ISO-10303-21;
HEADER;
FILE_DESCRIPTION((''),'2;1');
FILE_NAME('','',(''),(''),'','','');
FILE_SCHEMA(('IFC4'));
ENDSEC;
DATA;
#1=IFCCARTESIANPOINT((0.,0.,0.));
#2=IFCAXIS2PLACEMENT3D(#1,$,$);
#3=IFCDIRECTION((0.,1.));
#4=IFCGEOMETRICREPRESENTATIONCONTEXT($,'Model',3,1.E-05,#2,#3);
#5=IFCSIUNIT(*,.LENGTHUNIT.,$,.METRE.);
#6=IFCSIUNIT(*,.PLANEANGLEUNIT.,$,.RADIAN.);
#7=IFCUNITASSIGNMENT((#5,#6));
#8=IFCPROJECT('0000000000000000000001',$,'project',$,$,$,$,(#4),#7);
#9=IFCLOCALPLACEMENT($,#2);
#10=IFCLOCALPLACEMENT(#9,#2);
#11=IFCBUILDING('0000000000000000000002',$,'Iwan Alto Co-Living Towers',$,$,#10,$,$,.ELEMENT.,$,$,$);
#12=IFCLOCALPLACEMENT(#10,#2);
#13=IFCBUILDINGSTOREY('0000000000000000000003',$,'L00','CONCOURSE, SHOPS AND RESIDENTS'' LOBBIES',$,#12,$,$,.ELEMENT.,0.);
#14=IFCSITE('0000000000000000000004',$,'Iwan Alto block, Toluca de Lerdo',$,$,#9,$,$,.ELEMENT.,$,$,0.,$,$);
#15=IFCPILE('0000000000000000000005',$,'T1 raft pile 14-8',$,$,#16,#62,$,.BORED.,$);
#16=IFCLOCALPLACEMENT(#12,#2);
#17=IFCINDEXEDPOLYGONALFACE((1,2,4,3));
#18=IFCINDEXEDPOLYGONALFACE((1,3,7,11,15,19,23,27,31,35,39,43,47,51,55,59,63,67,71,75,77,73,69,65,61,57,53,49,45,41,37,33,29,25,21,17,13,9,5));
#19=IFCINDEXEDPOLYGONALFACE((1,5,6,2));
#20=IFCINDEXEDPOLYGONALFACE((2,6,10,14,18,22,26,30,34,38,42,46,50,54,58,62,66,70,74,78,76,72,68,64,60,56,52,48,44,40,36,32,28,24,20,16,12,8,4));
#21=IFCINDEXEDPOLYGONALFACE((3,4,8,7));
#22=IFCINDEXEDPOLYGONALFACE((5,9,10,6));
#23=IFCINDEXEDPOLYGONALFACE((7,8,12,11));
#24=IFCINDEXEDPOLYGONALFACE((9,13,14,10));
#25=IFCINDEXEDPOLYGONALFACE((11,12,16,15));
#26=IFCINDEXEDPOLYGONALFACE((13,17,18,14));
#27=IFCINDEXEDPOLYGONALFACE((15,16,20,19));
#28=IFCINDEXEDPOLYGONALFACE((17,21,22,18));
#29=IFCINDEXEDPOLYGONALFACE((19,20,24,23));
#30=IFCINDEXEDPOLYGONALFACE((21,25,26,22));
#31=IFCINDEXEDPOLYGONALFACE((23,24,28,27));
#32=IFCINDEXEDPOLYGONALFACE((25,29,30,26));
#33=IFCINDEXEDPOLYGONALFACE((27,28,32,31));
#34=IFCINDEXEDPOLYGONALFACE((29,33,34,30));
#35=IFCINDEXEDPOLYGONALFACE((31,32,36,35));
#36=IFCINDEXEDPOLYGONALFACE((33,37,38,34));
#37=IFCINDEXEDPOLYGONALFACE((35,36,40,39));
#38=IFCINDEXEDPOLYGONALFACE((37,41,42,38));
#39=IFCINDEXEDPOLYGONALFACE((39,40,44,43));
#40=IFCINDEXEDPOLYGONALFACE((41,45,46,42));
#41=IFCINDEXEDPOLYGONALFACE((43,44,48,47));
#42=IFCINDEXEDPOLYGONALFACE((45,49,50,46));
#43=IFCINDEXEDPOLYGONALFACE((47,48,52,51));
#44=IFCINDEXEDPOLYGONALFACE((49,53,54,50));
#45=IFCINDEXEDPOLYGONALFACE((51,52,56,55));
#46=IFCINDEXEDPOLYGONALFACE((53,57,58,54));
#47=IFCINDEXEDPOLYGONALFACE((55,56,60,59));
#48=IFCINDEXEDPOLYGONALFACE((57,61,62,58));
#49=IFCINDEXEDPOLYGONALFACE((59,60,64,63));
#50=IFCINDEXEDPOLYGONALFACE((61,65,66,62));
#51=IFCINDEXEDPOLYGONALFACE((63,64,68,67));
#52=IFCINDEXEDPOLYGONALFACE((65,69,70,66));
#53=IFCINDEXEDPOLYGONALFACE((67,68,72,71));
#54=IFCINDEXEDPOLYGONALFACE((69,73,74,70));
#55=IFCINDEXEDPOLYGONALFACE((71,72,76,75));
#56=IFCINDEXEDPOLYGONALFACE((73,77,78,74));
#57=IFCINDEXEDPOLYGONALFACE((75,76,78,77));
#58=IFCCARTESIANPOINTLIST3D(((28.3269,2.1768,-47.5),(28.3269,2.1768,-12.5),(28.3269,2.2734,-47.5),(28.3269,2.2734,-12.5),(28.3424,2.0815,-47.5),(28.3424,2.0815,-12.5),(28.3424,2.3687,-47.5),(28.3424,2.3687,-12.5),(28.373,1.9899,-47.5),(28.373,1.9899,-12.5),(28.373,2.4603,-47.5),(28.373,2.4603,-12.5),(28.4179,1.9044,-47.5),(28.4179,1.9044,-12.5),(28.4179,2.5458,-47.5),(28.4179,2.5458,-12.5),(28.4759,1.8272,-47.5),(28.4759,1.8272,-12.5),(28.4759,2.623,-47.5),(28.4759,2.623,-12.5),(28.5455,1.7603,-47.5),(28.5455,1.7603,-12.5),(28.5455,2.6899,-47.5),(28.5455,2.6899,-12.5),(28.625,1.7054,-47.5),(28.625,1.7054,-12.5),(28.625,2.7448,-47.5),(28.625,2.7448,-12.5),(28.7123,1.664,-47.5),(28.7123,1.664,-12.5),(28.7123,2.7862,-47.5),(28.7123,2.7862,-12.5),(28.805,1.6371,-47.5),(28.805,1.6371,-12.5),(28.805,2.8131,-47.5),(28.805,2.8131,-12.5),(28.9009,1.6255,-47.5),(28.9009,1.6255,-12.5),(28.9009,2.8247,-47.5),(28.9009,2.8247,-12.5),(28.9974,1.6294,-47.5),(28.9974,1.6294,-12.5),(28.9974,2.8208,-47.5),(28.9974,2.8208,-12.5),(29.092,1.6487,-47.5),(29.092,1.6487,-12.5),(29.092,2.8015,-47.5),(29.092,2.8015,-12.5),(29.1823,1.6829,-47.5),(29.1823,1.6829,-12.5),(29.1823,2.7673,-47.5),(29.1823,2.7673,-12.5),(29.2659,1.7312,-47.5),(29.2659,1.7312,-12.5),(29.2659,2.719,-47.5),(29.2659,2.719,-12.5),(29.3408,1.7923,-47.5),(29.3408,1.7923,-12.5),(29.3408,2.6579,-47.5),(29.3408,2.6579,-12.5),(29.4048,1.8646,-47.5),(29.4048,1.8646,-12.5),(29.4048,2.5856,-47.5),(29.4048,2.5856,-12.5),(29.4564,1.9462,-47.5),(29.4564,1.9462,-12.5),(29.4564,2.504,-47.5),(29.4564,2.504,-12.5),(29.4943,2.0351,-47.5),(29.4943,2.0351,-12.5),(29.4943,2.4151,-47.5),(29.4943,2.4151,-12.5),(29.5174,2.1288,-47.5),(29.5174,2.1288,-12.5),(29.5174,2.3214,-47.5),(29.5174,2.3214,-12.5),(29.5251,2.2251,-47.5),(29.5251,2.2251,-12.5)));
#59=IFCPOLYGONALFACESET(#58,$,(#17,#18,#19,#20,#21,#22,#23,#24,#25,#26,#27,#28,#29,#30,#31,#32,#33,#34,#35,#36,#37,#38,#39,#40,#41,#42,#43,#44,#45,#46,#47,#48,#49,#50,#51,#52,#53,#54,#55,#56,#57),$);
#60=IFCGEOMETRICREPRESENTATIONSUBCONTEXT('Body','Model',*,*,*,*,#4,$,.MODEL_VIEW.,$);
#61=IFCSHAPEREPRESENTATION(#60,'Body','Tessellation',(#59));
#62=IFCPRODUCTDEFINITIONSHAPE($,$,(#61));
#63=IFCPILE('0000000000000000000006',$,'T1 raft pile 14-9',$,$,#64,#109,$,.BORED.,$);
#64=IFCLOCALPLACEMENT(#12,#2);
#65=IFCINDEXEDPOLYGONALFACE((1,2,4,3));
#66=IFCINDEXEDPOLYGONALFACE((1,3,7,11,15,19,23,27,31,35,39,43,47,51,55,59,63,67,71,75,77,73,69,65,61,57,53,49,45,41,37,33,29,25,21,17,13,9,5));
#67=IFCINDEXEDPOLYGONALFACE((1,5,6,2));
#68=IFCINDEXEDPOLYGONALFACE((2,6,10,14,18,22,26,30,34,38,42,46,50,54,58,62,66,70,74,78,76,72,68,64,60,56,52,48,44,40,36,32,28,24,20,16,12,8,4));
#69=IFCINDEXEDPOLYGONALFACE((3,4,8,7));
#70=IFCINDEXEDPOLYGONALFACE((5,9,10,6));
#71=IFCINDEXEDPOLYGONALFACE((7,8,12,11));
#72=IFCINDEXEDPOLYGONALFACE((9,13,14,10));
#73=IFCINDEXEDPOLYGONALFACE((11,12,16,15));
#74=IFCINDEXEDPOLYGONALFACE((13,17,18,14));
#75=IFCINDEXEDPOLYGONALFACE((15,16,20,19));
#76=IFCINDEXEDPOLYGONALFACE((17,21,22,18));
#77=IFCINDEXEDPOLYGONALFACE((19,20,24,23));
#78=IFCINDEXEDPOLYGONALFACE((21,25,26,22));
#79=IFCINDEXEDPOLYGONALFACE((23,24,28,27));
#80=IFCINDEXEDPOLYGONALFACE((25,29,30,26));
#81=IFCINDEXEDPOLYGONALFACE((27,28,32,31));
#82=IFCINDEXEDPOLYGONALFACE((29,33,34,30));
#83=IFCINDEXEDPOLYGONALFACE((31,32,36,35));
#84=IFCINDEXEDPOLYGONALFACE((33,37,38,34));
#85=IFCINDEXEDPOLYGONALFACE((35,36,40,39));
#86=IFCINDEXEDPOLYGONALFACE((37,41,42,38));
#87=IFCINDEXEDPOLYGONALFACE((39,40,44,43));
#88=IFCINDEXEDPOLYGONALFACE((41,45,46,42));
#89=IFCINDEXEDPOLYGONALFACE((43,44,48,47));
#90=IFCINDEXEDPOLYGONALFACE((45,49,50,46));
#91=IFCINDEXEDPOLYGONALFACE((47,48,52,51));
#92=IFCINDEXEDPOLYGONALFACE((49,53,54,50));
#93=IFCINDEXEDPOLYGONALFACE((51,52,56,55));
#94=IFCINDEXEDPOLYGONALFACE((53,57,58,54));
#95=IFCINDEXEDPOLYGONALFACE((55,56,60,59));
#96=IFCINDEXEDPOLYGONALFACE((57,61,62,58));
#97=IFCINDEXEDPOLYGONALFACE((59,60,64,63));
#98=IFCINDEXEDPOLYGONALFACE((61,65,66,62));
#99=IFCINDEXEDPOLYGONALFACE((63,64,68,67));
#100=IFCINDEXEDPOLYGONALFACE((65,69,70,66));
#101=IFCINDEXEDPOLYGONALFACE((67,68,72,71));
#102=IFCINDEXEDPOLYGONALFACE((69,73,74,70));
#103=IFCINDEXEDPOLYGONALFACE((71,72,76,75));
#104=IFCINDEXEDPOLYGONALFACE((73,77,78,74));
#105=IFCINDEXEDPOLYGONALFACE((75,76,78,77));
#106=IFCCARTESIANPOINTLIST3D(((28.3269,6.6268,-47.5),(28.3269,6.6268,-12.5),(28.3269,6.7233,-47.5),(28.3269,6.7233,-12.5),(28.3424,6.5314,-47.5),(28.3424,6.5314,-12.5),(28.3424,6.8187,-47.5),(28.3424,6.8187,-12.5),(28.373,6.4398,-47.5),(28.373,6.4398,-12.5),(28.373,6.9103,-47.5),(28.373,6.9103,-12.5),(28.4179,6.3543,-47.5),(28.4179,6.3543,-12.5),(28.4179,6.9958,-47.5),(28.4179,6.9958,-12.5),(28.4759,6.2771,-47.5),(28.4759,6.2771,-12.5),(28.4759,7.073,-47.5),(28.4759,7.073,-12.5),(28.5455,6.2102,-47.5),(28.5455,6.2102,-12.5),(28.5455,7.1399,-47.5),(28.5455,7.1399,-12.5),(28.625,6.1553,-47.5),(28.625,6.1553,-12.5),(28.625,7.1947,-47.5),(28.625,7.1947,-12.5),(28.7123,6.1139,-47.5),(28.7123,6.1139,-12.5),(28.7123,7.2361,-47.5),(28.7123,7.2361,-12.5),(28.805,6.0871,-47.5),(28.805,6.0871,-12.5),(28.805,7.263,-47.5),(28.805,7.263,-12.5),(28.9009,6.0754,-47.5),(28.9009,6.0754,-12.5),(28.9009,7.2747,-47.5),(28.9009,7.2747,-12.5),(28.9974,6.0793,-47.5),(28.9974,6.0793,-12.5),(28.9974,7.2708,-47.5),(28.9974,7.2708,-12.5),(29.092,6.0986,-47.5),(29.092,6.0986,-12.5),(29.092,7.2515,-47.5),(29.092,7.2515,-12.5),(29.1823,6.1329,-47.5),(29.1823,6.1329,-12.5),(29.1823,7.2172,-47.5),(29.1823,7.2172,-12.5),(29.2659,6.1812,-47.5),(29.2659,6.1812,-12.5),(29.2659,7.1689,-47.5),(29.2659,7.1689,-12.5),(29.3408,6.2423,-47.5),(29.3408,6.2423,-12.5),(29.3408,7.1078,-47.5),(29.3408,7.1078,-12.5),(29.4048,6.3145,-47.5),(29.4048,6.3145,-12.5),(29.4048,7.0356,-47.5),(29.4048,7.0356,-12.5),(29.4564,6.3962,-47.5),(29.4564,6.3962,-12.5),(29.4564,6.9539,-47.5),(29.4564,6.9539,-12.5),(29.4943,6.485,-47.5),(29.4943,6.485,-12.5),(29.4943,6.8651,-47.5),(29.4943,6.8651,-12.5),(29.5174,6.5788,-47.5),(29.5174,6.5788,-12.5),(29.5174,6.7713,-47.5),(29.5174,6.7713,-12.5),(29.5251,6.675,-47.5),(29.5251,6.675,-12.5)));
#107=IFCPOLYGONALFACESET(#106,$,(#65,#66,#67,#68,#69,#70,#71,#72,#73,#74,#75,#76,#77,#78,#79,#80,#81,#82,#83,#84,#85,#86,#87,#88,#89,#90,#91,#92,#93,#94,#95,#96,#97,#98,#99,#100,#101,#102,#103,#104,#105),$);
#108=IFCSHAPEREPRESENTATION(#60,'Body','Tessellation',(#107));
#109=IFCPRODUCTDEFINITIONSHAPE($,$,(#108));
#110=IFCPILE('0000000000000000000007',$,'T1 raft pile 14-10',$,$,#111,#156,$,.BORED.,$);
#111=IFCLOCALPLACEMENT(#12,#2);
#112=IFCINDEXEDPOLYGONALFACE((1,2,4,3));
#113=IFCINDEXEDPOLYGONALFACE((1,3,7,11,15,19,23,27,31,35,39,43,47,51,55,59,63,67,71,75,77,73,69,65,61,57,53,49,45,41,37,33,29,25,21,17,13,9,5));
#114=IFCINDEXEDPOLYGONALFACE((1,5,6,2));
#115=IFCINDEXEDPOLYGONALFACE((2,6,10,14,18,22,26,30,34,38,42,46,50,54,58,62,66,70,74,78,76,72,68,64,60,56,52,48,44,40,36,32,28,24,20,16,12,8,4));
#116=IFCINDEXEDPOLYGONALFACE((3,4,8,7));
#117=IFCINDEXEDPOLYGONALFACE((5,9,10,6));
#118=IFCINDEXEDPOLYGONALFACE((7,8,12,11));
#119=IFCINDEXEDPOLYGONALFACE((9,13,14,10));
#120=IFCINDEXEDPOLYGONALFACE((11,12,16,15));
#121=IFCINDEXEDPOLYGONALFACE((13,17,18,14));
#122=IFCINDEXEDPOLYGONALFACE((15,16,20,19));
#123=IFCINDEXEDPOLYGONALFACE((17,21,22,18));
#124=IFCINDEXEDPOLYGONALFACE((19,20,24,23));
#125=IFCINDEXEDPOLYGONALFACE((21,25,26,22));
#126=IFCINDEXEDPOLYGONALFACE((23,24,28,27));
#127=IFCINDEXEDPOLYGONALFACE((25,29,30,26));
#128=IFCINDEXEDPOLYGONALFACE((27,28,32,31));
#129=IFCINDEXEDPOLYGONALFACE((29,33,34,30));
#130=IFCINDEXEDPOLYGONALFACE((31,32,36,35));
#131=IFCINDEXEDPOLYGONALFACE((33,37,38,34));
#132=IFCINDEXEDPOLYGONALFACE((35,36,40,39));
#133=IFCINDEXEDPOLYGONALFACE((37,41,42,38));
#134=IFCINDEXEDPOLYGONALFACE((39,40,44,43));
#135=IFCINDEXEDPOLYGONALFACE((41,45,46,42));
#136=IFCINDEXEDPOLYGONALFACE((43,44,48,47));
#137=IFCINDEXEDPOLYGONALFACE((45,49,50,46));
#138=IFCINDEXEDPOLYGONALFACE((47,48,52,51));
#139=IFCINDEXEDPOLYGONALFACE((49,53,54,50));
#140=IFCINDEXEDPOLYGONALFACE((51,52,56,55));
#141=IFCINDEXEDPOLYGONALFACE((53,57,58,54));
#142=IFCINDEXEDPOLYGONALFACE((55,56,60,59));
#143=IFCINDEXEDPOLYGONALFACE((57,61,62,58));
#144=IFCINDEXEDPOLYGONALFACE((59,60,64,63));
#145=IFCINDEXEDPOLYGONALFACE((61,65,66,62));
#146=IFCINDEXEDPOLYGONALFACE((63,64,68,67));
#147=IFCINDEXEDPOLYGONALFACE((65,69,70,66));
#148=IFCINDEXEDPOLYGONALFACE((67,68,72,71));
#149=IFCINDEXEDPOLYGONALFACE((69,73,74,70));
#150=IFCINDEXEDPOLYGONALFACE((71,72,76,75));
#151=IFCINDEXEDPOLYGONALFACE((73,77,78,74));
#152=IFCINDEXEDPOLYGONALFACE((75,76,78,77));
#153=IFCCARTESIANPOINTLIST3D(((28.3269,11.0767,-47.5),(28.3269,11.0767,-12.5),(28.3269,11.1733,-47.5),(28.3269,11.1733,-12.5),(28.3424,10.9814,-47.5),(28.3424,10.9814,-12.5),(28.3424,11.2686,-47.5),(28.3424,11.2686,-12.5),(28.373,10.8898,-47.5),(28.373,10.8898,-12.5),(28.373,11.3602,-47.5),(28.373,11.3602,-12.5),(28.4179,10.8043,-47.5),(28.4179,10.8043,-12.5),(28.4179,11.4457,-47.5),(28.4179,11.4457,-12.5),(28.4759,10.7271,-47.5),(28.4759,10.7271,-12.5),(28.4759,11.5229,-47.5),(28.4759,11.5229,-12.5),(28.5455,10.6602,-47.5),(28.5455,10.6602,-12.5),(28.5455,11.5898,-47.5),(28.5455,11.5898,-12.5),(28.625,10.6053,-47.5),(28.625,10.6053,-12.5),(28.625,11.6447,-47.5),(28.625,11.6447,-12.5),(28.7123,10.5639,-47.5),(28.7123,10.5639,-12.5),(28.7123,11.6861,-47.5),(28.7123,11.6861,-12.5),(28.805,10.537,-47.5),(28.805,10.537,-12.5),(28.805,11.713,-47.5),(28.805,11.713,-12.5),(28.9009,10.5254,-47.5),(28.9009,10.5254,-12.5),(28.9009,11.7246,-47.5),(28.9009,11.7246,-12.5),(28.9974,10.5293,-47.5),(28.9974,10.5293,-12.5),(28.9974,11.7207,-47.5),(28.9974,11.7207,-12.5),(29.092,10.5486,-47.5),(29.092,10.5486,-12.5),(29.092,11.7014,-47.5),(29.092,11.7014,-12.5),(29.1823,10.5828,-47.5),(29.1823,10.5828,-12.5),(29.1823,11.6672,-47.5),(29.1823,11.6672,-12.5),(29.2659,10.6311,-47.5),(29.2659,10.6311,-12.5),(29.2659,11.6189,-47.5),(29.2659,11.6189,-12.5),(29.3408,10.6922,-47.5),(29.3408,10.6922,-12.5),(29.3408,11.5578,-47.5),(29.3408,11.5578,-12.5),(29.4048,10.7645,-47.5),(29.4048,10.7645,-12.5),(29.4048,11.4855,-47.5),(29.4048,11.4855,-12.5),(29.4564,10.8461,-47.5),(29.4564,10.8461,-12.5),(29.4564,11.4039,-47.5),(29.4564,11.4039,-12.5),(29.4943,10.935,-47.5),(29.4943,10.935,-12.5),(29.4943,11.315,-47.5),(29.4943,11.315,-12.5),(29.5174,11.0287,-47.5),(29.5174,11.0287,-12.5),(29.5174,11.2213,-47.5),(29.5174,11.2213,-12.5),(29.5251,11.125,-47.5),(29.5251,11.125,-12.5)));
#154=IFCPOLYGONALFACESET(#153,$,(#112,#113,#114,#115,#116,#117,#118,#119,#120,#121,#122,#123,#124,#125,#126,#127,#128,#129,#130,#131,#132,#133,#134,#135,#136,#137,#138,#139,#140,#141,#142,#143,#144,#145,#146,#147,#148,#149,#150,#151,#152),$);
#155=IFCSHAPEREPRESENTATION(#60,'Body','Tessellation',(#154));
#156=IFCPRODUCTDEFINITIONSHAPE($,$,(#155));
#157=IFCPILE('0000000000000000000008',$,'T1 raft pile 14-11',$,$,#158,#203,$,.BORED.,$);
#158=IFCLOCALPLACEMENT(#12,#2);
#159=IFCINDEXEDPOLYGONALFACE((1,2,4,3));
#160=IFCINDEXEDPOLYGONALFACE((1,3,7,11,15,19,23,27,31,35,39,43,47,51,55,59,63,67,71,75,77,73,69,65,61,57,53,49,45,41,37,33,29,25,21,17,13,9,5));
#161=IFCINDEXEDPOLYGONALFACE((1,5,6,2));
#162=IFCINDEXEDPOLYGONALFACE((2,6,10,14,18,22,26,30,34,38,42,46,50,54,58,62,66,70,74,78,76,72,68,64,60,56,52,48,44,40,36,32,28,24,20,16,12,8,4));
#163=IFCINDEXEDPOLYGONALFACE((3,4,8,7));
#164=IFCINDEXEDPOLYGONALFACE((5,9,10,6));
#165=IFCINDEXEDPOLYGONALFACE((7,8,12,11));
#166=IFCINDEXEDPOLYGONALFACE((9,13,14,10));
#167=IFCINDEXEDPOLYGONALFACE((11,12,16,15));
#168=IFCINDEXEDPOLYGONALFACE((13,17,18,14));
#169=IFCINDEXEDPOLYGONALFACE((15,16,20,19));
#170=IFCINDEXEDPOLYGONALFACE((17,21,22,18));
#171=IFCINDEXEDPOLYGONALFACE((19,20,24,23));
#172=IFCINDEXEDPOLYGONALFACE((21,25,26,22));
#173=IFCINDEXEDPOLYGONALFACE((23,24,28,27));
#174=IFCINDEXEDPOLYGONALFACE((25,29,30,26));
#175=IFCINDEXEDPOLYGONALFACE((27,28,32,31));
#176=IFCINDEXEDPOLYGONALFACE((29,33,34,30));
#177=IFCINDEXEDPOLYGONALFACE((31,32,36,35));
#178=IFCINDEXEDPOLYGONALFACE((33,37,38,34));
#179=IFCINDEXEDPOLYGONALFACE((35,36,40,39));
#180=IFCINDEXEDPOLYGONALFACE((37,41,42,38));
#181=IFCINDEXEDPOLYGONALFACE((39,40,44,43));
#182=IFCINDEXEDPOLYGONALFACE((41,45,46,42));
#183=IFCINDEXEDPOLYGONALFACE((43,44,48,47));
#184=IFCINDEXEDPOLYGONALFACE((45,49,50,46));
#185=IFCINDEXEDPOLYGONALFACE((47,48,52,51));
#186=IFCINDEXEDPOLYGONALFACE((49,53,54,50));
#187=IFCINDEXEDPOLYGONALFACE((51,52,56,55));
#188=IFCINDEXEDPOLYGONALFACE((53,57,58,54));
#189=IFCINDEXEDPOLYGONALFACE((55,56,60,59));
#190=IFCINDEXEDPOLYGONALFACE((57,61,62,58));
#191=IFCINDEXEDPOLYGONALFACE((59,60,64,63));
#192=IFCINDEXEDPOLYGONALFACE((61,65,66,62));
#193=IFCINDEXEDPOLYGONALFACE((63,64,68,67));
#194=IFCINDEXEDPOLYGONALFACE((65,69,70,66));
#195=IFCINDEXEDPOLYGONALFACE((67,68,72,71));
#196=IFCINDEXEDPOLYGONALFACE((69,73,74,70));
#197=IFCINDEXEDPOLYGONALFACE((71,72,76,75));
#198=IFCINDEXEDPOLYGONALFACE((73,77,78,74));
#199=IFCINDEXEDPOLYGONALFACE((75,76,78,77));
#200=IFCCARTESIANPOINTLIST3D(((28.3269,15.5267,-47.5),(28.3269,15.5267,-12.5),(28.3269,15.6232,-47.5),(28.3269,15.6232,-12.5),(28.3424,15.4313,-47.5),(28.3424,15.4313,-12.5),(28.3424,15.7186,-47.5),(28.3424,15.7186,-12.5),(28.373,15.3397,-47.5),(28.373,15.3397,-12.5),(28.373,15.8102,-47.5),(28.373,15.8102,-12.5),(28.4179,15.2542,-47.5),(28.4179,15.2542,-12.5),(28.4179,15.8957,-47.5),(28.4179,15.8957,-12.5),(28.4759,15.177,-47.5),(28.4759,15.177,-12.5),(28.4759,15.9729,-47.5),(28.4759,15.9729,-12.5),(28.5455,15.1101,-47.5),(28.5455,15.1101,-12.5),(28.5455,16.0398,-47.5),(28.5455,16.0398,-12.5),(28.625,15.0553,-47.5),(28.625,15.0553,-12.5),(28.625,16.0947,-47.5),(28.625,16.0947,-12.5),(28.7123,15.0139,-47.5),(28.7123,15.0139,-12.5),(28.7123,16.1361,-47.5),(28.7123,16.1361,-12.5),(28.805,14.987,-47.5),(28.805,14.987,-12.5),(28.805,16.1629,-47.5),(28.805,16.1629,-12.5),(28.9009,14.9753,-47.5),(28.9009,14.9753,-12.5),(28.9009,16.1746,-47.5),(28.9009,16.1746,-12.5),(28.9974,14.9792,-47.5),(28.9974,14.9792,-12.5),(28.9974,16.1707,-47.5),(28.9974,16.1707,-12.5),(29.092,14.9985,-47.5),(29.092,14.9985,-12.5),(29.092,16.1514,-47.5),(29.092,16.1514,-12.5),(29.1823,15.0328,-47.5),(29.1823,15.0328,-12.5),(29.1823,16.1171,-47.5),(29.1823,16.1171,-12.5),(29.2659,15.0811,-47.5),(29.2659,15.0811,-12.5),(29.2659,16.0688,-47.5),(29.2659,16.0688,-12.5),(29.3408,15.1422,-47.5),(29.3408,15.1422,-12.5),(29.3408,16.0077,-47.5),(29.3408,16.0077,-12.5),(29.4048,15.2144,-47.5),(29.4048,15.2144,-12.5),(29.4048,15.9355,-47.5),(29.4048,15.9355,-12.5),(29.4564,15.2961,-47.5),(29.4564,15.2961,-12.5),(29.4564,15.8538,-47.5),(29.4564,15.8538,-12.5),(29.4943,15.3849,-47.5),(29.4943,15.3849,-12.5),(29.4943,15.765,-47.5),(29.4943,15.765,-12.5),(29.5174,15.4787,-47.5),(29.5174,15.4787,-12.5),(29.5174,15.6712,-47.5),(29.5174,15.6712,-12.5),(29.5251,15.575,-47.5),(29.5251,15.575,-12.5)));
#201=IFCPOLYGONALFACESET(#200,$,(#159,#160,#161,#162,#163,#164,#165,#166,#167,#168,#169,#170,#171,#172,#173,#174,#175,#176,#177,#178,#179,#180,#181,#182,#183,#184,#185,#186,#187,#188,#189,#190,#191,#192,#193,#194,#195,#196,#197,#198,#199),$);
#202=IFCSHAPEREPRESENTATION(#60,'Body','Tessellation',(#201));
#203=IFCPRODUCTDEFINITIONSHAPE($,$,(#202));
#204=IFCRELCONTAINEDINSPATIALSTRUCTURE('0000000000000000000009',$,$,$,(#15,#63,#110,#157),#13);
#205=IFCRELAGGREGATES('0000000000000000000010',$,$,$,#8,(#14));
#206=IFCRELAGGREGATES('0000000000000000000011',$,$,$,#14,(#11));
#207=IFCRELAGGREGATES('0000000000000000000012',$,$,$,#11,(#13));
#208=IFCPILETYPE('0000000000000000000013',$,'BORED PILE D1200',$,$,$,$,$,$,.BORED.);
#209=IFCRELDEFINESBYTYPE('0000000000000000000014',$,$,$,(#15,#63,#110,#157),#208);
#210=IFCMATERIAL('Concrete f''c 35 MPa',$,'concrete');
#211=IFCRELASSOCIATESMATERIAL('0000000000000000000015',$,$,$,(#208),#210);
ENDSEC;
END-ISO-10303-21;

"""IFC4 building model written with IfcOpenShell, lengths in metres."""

from ifc_helpers import new_model, si_unit, direction, frame, origin, origin_2d, place, context, subcontext, project, spatial, circle, extrude, material, material_profile, profile_set, type_object, element, save


model = new_model("IFC4")

# Units and contexts
model_context = context("Model", 3, precision=1e-05, world=origin(), true_north=direction((0.0, 1.0)))
body_context = subcontext(model_context, "Body", "Model", "MODEL_VIEW")
ifc_project = project(units=[si_unit("LENGTHUNIT", "METRE"), si_unit("PLANEANGLEUNIT", "RADIAN")], contexts=[model_context])

# Site, building, storey
site_placement = place(None, origin())
site = spatial("IfcSite", under=ifc_project, at=site_placement, Name="Iwan Alto block, Toluca de Lerdo", CompositionType="ELEMENT", RefElevation=0.0)
building_placement = place(site_placement, origin())
building = spatial("IfcBuilding", under=site, at=building_placement, Name="Iwan Alto Co-Living Towers", CompositionType="ELEMENT")
storey_placement = place(building_placement, origin())
storey = spatial("IfcBuildingStorey", under=building, at=storey_placement, Name="L00", Description="CONCOURSE, SHOPS AND RESIDENTS' LOBBIES", CompositionType="ELEMENT", Elevation=0.0)

# Piles
ifc_material_1 = material(Name="Concrete f'c 35 MPa", Category="concrete")
ifc_material_profile_1 = material_profile(ifc_material_1, circle(Radius=0.6001, at=origin_2d()), Name="D1200")
ifc_profile_set_1 = profile_set([ifc_material_profile_1], Name="Concrete f'c 35 MPa")
pile_type_1 = type_object("IfcPileType", Name="BORED PILE D1200", PredefinedType="BORED", material=ifc_profile_set_1)
for number, where, z_axis, x_axis, name in (
    (1, (28.925, 2.2251, -12.5), (0.0, 0.0, -1.0), (1.0, 0.0, 0.0), "T1 raft pile 14-8"),
    (2, (28.925, 6.675, -12.5), (0.0, 0.0, -1.0), (1.0, 0.0, 0.0), "T1 raft pile 14-9"),
    (3, (28.925, 11.125, -12.5), (0.0, 0.0, -1.0), (1.0, 0.0, 0.0), "T1 raft pile 14-10"),
    (4, (28.925, 15.575, -12.5), (0.0, 0.0, -1.0), (1.0, 0.0, 0.0), "T1 raft pile 14-11"),
):
    element("IfcPile", number, at=place(storey_placement, frame(where, z_axis=z_axis, x_axis=x_axis)), inside=storey, type_object=pile_type_1, Name=name, PredefinedType="BORED", context=body_context, shape_type="SweptSolid", body=[
        extrude(circle(Radius=0.6001, at=origin_2d()), origin(), (0.0, 0.0, 1.0), 35.0),
    ])

save(model, "model.ifc")
